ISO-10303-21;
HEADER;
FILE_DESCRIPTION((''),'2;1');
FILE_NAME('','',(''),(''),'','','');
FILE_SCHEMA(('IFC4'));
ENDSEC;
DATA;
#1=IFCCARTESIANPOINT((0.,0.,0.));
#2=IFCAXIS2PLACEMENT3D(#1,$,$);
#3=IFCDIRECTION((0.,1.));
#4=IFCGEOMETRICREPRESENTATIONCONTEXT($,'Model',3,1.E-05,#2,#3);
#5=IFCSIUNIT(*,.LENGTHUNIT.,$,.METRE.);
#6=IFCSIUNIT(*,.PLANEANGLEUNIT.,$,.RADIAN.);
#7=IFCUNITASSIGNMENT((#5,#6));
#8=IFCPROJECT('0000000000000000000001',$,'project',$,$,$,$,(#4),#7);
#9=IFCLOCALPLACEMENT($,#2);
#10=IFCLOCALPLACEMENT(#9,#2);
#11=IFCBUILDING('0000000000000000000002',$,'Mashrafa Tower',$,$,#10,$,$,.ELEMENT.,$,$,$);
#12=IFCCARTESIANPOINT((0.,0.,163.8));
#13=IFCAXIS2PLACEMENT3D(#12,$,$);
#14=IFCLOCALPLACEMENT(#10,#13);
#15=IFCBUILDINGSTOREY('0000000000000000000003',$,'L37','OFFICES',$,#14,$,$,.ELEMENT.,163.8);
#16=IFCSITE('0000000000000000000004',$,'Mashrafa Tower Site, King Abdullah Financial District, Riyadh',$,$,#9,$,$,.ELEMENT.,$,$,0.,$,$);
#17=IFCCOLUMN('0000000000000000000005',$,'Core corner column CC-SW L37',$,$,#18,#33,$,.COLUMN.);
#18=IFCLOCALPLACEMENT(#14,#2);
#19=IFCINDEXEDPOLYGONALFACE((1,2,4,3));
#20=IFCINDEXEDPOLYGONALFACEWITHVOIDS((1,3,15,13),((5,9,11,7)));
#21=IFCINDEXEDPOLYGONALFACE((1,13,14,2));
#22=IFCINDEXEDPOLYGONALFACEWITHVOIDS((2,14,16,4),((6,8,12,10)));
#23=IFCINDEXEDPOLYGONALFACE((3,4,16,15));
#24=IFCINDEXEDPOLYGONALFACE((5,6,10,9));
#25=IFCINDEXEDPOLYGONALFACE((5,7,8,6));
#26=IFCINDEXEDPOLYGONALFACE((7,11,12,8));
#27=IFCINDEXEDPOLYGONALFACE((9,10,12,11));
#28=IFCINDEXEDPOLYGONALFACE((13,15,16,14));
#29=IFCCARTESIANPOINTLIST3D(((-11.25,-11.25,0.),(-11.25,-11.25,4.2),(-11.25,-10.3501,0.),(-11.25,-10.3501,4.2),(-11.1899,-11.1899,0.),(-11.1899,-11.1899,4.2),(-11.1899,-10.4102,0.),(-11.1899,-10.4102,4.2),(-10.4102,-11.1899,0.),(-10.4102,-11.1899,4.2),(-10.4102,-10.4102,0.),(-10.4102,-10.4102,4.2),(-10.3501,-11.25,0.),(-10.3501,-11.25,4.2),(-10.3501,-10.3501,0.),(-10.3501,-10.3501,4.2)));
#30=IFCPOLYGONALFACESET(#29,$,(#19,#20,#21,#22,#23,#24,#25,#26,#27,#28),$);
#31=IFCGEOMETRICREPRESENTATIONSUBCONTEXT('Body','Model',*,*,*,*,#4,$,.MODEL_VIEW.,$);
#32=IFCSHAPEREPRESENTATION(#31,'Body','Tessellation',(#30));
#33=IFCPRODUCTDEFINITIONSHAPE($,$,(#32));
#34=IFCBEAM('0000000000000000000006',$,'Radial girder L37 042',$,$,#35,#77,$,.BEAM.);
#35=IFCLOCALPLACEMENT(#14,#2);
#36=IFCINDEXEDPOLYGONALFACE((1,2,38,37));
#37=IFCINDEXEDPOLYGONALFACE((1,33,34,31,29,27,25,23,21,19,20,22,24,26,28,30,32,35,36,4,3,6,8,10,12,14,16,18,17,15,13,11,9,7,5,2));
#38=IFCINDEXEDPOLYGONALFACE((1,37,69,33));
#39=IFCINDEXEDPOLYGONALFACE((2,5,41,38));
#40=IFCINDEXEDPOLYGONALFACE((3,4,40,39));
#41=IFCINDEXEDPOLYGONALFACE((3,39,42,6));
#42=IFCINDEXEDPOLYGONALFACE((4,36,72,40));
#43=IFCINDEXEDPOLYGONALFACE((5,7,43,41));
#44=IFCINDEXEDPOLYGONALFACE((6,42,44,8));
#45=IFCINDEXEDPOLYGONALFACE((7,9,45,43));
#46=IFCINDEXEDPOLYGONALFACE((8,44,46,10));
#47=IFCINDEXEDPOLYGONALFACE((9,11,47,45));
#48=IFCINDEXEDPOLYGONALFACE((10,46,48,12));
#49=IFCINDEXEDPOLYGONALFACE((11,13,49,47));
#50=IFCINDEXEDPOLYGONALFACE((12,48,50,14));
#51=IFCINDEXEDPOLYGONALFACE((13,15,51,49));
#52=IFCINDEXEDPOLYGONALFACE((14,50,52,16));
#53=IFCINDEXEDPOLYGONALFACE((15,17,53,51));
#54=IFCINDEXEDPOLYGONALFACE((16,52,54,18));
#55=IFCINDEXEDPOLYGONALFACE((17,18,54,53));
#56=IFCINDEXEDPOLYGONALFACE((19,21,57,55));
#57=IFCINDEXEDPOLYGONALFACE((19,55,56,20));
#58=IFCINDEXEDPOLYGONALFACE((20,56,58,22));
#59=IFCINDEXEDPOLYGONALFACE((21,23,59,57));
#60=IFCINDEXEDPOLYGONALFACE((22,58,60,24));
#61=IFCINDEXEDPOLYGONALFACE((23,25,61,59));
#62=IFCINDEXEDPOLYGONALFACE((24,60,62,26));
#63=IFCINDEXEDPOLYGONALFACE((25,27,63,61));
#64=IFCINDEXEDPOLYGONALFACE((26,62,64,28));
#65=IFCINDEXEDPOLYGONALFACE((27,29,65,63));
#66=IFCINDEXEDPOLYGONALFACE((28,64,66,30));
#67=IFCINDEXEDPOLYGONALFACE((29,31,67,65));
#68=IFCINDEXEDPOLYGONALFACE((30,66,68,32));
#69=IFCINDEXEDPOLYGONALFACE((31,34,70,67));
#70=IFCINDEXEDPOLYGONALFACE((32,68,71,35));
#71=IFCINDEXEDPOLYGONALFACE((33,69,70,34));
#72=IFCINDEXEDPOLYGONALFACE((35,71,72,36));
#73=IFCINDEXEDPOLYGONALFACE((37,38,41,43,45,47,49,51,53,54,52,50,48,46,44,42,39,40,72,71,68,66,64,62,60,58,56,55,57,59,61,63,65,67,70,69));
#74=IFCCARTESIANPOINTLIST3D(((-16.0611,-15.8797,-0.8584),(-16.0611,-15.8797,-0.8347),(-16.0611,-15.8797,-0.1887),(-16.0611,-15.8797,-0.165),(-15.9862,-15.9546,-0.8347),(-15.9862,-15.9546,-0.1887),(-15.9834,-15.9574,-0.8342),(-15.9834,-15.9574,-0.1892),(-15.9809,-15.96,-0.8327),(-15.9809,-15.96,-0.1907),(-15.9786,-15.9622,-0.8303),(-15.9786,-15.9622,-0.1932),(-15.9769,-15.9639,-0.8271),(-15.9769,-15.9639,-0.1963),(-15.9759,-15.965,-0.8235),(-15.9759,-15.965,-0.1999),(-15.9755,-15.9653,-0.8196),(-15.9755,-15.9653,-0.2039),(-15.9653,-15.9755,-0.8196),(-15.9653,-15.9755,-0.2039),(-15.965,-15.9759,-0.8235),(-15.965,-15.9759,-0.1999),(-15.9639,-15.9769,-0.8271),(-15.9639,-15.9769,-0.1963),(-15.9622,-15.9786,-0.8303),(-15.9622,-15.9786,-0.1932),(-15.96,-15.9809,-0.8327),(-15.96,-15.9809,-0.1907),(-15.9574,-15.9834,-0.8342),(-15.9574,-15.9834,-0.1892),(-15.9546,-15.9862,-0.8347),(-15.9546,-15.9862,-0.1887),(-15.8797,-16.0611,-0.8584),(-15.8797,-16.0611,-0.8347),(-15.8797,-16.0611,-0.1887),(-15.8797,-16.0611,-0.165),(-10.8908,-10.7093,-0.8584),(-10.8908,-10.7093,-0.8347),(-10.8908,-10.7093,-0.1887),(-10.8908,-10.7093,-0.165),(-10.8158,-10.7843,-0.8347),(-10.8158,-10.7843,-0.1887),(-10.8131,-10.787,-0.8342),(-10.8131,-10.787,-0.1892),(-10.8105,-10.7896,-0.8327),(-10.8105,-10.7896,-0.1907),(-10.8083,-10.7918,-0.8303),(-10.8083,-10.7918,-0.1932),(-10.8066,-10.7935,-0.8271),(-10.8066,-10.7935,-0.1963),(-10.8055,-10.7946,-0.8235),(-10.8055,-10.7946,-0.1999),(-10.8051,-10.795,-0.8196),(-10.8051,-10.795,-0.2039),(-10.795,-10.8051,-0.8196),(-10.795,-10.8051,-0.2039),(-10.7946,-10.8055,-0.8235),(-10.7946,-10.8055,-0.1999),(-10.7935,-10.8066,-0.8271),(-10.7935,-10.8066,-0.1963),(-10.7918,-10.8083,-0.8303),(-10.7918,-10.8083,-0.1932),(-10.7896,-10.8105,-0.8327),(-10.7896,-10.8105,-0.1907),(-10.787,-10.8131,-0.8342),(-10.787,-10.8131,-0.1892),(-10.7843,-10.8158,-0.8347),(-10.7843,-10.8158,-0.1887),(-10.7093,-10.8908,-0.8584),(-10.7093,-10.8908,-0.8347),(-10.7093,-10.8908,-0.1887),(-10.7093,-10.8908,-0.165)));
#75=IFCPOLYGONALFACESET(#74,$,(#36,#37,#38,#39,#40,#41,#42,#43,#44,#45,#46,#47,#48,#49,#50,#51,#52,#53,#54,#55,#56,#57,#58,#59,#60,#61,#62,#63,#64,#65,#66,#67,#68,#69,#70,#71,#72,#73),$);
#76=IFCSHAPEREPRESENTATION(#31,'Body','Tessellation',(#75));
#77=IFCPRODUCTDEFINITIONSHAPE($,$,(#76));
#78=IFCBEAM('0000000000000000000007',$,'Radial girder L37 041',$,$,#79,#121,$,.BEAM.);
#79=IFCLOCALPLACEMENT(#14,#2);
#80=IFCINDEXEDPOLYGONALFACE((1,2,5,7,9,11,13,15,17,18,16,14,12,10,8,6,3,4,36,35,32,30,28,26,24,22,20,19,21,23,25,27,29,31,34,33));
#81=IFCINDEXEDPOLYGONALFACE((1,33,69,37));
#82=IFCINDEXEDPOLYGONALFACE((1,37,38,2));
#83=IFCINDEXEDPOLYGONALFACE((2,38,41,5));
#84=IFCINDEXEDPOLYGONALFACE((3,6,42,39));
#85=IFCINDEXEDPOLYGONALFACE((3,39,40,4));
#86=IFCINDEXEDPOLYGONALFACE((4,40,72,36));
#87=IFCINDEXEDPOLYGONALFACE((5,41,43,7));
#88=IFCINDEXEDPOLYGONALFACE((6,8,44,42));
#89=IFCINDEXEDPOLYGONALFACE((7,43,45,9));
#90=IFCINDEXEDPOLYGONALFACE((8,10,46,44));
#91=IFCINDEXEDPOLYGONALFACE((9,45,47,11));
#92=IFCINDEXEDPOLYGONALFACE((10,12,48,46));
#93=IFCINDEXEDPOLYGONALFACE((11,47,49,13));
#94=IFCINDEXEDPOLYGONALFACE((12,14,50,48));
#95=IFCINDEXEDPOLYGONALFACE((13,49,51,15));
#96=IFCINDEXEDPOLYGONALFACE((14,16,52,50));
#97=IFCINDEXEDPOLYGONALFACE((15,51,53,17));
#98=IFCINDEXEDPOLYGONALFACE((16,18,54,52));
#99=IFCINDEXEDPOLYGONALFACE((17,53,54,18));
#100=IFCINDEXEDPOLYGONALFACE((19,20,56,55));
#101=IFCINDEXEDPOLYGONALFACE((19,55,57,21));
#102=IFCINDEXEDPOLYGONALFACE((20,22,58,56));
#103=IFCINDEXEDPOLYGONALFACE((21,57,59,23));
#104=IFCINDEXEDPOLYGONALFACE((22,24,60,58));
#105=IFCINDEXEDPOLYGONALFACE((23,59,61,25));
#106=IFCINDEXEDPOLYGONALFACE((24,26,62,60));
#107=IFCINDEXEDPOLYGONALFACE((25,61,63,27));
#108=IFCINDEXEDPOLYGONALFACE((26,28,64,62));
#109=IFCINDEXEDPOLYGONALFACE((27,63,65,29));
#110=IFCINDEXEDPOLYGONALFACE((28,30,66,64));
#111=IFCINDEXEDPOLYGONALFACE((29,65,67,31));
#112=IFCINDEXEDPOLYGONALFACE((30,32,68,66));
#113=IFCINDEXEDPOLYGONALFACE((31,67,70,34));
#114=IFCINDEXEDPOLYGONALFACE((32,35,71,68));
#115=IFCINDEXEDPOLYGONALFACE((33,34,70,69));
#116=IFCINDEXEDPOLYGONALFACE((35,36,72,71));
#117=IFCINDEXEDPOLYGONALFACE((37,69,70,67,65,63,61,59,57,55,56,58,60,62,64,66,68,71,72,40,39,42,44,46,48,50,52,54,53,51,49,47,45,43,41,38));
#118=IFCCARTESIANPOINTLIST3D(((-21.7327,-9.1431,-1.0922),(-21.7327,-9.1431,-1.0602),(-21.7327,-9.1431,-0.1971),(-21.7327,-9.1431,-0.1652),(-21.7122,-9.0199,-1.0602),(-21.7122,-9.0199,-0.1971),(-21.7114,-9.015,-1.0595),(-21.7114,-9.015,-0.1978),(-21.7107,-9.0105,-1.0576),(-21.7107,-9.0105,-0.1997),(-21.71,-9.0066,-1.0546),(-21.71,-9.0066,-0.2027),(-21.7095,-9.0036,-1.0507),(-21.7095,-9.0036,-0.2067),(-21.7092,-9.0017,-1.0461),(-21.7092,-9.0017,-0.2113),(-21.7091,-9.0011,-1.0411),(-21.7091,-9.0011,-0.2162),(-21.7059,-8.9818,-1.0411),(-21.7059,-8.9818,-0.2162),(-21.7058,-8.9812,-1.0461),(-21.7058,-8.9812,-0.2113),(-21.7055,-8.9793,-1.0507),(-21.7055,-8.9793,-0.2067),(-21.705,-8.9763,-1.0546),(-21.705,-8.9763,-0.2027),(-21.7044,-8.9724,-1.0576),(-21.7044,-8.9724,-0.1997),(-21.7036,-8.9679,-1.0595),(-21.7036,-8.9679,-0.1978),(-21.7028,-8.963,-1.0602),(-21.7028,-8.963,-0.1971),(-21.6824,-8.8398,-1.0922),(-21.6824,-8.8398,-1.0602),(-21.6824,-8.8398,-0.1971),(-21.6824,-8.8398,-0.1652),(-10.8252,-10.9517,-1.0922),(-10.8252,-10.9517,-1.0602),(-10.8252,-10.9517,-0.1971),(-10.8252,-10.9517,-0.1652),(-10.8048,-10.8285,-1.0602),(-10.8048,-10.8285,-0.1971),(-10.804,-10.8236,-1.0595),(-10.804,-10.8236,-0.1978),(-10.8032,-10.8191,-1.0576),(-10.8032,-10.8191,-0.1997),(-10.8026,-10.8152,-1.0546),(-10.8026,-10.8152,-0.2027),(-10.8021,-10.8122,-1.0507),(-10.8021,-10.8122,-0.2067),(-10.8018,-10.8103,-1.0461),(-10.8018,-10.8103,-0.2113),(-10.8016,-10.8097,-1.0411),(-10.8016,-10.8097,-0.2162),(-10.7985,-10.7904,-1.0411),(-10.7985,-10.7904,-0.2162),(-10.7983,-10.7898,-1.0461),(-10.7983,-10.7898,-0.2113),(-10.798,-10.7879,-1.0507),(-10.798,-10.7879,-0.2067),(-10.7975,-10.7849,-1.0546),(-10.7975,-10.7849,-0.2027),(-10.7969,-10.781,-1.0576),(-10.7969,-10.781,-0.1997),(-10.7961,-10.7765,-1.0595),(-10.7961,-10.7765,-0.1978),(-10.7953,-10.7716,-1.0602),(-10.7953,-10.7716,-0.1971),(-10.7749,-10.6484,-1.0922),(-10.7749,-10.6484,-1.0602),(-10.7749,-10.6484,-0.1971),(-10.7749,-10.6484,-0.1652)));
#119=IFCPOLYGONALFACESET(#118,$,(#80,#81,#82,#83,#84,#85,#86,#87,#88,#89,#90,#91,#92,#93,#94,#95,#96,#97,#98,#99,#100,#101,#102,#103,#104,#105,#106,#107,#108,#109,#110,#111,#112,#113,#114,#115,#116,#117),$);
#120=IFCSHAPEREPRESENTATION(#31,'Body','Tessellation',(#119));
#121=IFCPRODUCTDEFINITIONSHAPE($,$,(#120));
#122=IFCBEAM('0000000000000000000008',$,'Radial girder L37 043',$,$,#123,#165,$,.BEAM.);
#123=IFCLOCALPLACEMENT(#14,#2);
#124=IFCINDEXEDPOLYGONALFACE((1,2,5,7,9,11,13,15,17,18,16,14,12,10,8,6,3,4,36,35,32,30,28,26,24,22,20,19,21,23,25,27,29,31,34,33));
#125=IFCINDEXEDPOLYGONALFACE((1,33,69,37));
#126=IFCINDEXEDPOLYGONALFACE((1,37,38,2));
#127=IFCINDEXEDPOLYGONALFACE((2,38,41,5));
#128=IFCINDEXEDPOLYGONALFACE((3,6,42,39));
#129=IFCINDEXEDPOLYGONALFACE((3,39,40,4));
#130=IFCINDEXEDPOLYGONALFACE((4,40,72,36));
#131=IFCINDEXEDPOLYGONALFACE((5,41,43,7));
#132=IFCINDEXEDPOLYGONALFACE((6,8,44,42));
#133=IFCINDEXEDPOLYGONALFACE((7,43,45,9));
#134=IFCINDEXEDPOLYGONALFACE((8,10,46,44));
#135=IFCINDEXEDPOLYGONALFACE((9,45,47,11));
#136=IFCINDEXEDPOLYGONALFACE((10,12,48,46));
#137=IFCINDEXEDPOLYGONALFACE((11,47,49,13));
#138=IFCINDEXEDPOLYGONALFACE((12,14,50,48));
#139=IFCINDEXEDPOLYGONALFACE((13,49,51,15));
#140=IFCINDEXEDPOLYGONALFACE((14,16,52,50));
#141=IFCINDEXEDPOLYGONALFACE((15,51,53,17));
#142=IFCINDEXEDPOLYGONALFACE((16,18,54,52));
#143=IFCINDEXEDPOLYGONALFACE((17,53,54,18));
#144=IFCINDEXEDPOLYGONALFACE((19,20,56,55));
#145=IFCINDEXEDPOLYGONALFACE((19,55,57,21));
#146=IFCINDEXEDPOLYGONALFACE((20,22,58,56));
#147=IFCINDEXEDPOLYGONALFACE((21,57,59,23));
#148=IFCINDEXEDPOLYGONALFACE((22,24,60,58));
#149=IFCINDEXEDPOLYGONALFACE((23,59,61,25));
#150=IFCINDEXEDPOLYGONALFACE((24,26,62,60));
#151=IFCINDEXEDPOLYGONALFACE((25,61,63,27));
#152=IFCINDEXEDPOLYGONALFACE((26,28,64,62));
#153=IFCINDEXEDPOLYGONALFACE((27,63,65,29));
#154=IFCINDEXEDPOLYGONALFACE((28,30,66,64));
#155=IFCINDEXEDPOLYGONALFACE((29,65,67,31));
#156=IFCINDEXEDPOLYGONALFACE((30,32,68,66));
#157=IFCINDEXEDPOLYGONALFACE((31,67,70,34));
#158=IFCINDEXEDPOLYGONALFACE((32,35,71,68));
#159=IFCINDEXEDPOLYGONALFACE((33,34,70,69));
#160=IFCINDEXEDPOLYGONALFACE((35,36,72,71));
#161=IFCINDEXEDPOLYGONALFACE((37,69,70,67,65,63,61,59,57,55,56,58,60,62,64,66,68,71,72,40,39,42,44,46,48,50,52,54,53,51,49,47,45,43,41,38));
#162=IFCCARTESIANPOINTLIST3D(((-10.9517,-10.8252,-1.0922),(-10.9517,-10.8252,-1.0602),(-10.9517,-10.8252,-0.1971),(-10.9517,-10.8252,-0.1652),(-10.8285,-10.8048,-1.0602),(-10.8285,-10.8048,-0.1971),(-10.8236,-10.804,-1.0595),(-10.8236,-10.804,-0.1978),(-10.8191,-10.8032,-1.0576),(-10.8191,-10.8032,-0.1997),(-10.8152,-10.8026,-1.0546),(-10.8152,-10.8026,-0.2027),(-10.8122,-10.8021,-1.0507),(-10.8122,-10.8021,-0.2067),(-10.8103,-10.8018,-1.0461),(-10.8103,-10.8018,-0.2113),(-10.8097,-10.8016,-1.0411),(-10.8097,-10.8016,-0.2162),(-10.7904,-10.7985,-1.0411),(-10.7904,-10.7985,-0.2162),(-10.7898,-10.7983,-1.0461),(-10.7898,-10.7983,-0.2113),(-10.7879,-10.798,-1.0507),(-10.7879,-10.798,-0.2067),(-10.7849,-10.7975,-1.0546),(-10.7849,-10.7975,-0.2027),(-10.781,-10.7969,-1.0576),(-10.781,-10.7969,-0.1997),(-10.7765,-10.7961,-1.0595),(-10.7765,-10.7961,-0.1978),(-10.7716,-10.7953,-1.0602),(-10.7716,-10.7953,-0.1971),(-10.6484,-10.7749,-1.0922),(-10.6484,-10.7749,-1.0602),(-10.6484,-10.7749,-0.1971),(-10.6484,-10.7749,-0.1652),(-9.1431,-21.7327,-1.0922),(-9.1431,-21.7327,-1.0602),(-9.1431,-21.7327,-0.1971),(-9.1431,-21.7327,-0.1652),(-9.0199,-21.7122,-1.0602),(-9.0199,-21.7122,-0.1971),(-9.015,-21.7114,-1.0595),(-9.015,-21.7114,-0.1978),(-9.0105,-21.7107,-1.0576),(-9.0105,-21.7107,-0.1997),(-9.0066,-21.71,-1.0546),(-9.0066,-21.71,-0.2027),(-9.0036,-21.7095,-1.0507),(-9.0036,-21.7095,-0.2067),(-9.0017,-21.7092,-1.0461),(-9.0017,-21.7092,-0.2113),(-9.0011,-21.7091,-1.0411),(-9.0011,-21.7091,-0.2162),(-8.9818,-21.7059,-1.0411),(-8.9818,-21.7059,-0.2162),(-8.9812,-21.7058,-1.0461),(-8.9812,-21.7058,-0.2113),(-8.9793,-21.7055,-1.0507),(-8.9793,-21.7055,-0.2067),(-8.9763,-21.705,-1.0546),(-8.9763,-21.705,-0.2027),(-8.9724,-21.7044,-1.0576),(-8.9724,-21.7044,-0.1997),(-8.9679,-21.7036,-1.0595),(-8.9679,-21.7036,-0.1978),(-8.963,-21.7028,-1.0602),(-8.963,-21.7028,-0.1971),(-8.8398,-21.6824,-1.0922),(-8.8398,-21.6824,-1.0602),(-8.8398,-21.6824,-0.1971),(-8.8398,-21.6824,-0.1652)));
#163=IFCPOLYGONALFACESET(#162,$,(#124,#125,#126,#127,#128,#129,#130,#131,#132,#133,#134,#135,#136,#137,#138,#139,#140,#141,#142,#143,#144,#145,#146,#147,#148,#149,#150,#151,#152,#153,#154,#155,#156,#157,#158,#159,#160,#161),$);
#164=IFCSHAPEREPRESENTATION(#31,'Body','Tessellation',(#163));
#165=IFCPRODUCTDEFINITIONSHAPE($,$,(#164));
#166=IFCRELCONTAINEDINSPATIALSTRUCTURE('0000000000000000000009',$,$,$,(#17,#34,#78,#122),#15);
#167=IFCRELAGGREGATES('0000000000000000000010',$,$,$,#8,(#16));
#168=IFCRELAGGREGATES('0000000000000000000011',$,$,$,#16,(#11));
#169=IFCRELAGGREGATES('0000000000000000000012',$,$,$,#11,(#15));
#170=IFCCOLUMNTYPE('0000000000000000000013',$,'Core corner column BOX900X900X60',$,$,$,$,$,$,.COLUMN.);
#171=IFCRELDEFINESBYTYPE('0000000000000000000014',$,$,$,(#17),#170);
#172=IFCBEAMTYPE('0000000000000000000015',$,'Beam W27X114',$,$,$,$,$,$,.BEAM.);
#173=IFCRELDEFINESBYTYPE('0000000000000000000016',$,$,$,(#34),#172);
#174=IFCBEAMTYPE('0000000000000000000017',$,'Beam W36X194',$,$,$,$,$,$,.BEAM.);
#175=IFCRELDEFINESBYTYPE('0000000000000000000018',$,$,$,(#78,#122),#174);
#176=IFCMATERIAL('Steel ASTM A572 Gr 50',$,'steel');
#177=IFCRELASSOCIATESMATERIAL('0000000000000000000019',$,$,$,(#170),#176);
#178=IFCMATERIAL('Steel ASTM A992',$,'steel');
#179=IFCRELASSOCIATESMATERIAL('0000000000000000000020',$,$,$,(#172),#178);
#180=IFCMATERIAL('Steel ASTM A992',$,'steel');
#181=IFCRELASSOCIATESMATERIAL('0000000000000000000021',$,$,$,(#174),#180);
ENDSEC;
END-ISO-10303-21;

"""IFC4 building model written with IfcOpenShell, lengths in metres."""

from ifc_helpers import new_model, si_unit, direction, frame, origin, origin_2d, place, context, subcontext, project, spatial, hollow_rectangle, i_section, extrude, material, material_profile, profile_set, type_object, element, save


model = new_model("IFC4")

# Units and contexts
model_context = context("Model", 3, precision=1e-05, world=origin(), true_north=direction((0.0, 1.0)))
body_context = subcontext(model_context, "Body", "Model", "MODEL_VIEW")
ifc_project = project(units=[si_unit("LENGTHUNIT", "METRE"), si_unit("PLANEANGLEUNIT", "RADIAN")], contexts=[model_context])

# Site, building, storey
site_placement = place(None, origin())
site = spatial("IfcSite", under=ifc_project, at=site_placement, Name="Mashrafa Tower Site, King Abdullah Financial District, Riyadh", CompositionType="ELEMENT", RefElevation=0.0)
building_placement = place(site_placement, origin())
building = spatial("IfcBuilding", under=site, at=building_placement, Name="Mashrafa Tower", CompositionType="ELEMENT")
storey_placement = place(building_placement, frame((0.0, 0.0, 163.8)))
storey = spatial("IfcBuildingStorey", under=building, at=storey_placement, Name="L37", Description="OFFICES", CompositionType="ELEMENT", Elevation=163.8)

# Column
ifc_material_1 = material(Name="Steel ASTM A572 Gr 50", Category="steel")
ifc_material_profile_1 = material_profile(ifc_material_1, hollow_rectangle(XDim=0.8999, YDim=0.8999, WallThickness=0.0601, at=origin_2d()), Name="BOX900X900X60")
ifc_profile_set_1 = profile_set([ifc_material_profile_1], Name="Steel ASTM A572 Gr 50")
column_type = type_object("IfcColumnType", Name="Core corner column BOX900X900X60", PredefinedType="COLUMN", material=ifc_profile_set_1)
column_placement = place(storey_placement, frame((-10.8, -10.8, 0.0), z_axis=(0.0, 0.0, 1.0), x_axis=(1.0, 0.0, 0.0)))
element("IfcColumn", 1, at=column_placement, inside=storey, type_object=column_type, Name="Core corner column CC-SW L37", PredefinedType="COLUMN", context=body_context, shape_type="SweptSolid", body=[
    extrude(hollow_rectangle(XDim=0.8999, YDim=0.8999, WallThickness=0.0601, at=origin_2d()), origin(), (0.0, 0.0, 1.0), 4.2),
])

# Beams
ifc_material_2 = material(Name="Steel ASTM A992", Category="steel")
ifc_material_profile_2 = material_profile(ifc_material_2, i_section(OverallWidth=0.2566, OverallDepth=0.6934, WebThickness=0.0144, FlangeThickness=0.0237, FilletRadius=0.0151, at=origin_2d()), Name="W27X114")
ifc_profile_set_2 = profile_set([ifc_material_profile_2], Name="Steel ASTM A992")
beam_type_1 = type_object("IfcBeamType", Name="Beam W27X114", PredefinedType="BEAM", material=ifc_profile_set_2)
beam_1_placement = place(storey_placement, frame((-10.8, -10.8, -0.5117), z_axis=(-0.707107, -0.707107, 0.0), x_axis=(0.707107, -0.707107, 0.0)))
element("IfcBeam", 2, at=beam_1_placement, inside=storey, type_object=beam_type_1, Name="Radial girder L37 042", PredefinedType="BEAM", context=body_context, shape_type="SweptSolid", body=[
    extrude(i_section(OverallWidth=0.2566, OverallDepth=0.6934, WebThickness=0.0144, FlangeThickness=0.0237, FilletRadius=0.0151, at=origin_2d()), origin(), (0.0, 0.0, 1.0), 7.312),
])
ifc_material_3 = material(Name="Steel ASTM A992", Category="steel")
ifc_material_profile_3 = material_profile(ifc_material_3, i_section(OverallWidth=0.3074, OverallDepth=0.927, WebThickness=0.0195, FlangeThickness=0.032, FilletRadius=0.019, at=origin_2d()), Name="W36X194")
ifc_profile_set_3 = profile_set([ifc_material_profile_3], Name="Steel ASTM A992")
beam_type_2 = type_object("IfcBeamType", Name="Beam W36X194", PredefinedType="BEAM", material=ifc_profile_set_3)
for number, where, z_axis, x_axis, name in (
    (3, (-10.8, -10.8, -0.6287), (-0.98653, 0.163579, 0.0), (-0.163579, -0.98653, 0.0), "Radial girder L37 041"),
    (4, (-10.8, -10.8, -0.6287), (0.163579, -0.98653, 0.0), (0.98653, 0.163579, 0.0), "Radial girder L37 043"),
):
    element("IfcBeam", number, at=place(storey_placement, frame(where, z_axis=z_axis, x_axis=x_axis)), inside=storey, type_object=beam_type_2, Name=name, PredefinedType="BEAM", context=body_context, shape_type="SweptSolid", body=[
        extrude(i_section(OverallWidth=0.3074, OverallDepth=0.927, WebThickness=0.0195, FlangeThickness=0.032, FilletRadius=0.019, at=origin_2d()), origin(), (0.0, 0.0, 1.0), 11.0564),
    ])

save(model, "model.ifc")
